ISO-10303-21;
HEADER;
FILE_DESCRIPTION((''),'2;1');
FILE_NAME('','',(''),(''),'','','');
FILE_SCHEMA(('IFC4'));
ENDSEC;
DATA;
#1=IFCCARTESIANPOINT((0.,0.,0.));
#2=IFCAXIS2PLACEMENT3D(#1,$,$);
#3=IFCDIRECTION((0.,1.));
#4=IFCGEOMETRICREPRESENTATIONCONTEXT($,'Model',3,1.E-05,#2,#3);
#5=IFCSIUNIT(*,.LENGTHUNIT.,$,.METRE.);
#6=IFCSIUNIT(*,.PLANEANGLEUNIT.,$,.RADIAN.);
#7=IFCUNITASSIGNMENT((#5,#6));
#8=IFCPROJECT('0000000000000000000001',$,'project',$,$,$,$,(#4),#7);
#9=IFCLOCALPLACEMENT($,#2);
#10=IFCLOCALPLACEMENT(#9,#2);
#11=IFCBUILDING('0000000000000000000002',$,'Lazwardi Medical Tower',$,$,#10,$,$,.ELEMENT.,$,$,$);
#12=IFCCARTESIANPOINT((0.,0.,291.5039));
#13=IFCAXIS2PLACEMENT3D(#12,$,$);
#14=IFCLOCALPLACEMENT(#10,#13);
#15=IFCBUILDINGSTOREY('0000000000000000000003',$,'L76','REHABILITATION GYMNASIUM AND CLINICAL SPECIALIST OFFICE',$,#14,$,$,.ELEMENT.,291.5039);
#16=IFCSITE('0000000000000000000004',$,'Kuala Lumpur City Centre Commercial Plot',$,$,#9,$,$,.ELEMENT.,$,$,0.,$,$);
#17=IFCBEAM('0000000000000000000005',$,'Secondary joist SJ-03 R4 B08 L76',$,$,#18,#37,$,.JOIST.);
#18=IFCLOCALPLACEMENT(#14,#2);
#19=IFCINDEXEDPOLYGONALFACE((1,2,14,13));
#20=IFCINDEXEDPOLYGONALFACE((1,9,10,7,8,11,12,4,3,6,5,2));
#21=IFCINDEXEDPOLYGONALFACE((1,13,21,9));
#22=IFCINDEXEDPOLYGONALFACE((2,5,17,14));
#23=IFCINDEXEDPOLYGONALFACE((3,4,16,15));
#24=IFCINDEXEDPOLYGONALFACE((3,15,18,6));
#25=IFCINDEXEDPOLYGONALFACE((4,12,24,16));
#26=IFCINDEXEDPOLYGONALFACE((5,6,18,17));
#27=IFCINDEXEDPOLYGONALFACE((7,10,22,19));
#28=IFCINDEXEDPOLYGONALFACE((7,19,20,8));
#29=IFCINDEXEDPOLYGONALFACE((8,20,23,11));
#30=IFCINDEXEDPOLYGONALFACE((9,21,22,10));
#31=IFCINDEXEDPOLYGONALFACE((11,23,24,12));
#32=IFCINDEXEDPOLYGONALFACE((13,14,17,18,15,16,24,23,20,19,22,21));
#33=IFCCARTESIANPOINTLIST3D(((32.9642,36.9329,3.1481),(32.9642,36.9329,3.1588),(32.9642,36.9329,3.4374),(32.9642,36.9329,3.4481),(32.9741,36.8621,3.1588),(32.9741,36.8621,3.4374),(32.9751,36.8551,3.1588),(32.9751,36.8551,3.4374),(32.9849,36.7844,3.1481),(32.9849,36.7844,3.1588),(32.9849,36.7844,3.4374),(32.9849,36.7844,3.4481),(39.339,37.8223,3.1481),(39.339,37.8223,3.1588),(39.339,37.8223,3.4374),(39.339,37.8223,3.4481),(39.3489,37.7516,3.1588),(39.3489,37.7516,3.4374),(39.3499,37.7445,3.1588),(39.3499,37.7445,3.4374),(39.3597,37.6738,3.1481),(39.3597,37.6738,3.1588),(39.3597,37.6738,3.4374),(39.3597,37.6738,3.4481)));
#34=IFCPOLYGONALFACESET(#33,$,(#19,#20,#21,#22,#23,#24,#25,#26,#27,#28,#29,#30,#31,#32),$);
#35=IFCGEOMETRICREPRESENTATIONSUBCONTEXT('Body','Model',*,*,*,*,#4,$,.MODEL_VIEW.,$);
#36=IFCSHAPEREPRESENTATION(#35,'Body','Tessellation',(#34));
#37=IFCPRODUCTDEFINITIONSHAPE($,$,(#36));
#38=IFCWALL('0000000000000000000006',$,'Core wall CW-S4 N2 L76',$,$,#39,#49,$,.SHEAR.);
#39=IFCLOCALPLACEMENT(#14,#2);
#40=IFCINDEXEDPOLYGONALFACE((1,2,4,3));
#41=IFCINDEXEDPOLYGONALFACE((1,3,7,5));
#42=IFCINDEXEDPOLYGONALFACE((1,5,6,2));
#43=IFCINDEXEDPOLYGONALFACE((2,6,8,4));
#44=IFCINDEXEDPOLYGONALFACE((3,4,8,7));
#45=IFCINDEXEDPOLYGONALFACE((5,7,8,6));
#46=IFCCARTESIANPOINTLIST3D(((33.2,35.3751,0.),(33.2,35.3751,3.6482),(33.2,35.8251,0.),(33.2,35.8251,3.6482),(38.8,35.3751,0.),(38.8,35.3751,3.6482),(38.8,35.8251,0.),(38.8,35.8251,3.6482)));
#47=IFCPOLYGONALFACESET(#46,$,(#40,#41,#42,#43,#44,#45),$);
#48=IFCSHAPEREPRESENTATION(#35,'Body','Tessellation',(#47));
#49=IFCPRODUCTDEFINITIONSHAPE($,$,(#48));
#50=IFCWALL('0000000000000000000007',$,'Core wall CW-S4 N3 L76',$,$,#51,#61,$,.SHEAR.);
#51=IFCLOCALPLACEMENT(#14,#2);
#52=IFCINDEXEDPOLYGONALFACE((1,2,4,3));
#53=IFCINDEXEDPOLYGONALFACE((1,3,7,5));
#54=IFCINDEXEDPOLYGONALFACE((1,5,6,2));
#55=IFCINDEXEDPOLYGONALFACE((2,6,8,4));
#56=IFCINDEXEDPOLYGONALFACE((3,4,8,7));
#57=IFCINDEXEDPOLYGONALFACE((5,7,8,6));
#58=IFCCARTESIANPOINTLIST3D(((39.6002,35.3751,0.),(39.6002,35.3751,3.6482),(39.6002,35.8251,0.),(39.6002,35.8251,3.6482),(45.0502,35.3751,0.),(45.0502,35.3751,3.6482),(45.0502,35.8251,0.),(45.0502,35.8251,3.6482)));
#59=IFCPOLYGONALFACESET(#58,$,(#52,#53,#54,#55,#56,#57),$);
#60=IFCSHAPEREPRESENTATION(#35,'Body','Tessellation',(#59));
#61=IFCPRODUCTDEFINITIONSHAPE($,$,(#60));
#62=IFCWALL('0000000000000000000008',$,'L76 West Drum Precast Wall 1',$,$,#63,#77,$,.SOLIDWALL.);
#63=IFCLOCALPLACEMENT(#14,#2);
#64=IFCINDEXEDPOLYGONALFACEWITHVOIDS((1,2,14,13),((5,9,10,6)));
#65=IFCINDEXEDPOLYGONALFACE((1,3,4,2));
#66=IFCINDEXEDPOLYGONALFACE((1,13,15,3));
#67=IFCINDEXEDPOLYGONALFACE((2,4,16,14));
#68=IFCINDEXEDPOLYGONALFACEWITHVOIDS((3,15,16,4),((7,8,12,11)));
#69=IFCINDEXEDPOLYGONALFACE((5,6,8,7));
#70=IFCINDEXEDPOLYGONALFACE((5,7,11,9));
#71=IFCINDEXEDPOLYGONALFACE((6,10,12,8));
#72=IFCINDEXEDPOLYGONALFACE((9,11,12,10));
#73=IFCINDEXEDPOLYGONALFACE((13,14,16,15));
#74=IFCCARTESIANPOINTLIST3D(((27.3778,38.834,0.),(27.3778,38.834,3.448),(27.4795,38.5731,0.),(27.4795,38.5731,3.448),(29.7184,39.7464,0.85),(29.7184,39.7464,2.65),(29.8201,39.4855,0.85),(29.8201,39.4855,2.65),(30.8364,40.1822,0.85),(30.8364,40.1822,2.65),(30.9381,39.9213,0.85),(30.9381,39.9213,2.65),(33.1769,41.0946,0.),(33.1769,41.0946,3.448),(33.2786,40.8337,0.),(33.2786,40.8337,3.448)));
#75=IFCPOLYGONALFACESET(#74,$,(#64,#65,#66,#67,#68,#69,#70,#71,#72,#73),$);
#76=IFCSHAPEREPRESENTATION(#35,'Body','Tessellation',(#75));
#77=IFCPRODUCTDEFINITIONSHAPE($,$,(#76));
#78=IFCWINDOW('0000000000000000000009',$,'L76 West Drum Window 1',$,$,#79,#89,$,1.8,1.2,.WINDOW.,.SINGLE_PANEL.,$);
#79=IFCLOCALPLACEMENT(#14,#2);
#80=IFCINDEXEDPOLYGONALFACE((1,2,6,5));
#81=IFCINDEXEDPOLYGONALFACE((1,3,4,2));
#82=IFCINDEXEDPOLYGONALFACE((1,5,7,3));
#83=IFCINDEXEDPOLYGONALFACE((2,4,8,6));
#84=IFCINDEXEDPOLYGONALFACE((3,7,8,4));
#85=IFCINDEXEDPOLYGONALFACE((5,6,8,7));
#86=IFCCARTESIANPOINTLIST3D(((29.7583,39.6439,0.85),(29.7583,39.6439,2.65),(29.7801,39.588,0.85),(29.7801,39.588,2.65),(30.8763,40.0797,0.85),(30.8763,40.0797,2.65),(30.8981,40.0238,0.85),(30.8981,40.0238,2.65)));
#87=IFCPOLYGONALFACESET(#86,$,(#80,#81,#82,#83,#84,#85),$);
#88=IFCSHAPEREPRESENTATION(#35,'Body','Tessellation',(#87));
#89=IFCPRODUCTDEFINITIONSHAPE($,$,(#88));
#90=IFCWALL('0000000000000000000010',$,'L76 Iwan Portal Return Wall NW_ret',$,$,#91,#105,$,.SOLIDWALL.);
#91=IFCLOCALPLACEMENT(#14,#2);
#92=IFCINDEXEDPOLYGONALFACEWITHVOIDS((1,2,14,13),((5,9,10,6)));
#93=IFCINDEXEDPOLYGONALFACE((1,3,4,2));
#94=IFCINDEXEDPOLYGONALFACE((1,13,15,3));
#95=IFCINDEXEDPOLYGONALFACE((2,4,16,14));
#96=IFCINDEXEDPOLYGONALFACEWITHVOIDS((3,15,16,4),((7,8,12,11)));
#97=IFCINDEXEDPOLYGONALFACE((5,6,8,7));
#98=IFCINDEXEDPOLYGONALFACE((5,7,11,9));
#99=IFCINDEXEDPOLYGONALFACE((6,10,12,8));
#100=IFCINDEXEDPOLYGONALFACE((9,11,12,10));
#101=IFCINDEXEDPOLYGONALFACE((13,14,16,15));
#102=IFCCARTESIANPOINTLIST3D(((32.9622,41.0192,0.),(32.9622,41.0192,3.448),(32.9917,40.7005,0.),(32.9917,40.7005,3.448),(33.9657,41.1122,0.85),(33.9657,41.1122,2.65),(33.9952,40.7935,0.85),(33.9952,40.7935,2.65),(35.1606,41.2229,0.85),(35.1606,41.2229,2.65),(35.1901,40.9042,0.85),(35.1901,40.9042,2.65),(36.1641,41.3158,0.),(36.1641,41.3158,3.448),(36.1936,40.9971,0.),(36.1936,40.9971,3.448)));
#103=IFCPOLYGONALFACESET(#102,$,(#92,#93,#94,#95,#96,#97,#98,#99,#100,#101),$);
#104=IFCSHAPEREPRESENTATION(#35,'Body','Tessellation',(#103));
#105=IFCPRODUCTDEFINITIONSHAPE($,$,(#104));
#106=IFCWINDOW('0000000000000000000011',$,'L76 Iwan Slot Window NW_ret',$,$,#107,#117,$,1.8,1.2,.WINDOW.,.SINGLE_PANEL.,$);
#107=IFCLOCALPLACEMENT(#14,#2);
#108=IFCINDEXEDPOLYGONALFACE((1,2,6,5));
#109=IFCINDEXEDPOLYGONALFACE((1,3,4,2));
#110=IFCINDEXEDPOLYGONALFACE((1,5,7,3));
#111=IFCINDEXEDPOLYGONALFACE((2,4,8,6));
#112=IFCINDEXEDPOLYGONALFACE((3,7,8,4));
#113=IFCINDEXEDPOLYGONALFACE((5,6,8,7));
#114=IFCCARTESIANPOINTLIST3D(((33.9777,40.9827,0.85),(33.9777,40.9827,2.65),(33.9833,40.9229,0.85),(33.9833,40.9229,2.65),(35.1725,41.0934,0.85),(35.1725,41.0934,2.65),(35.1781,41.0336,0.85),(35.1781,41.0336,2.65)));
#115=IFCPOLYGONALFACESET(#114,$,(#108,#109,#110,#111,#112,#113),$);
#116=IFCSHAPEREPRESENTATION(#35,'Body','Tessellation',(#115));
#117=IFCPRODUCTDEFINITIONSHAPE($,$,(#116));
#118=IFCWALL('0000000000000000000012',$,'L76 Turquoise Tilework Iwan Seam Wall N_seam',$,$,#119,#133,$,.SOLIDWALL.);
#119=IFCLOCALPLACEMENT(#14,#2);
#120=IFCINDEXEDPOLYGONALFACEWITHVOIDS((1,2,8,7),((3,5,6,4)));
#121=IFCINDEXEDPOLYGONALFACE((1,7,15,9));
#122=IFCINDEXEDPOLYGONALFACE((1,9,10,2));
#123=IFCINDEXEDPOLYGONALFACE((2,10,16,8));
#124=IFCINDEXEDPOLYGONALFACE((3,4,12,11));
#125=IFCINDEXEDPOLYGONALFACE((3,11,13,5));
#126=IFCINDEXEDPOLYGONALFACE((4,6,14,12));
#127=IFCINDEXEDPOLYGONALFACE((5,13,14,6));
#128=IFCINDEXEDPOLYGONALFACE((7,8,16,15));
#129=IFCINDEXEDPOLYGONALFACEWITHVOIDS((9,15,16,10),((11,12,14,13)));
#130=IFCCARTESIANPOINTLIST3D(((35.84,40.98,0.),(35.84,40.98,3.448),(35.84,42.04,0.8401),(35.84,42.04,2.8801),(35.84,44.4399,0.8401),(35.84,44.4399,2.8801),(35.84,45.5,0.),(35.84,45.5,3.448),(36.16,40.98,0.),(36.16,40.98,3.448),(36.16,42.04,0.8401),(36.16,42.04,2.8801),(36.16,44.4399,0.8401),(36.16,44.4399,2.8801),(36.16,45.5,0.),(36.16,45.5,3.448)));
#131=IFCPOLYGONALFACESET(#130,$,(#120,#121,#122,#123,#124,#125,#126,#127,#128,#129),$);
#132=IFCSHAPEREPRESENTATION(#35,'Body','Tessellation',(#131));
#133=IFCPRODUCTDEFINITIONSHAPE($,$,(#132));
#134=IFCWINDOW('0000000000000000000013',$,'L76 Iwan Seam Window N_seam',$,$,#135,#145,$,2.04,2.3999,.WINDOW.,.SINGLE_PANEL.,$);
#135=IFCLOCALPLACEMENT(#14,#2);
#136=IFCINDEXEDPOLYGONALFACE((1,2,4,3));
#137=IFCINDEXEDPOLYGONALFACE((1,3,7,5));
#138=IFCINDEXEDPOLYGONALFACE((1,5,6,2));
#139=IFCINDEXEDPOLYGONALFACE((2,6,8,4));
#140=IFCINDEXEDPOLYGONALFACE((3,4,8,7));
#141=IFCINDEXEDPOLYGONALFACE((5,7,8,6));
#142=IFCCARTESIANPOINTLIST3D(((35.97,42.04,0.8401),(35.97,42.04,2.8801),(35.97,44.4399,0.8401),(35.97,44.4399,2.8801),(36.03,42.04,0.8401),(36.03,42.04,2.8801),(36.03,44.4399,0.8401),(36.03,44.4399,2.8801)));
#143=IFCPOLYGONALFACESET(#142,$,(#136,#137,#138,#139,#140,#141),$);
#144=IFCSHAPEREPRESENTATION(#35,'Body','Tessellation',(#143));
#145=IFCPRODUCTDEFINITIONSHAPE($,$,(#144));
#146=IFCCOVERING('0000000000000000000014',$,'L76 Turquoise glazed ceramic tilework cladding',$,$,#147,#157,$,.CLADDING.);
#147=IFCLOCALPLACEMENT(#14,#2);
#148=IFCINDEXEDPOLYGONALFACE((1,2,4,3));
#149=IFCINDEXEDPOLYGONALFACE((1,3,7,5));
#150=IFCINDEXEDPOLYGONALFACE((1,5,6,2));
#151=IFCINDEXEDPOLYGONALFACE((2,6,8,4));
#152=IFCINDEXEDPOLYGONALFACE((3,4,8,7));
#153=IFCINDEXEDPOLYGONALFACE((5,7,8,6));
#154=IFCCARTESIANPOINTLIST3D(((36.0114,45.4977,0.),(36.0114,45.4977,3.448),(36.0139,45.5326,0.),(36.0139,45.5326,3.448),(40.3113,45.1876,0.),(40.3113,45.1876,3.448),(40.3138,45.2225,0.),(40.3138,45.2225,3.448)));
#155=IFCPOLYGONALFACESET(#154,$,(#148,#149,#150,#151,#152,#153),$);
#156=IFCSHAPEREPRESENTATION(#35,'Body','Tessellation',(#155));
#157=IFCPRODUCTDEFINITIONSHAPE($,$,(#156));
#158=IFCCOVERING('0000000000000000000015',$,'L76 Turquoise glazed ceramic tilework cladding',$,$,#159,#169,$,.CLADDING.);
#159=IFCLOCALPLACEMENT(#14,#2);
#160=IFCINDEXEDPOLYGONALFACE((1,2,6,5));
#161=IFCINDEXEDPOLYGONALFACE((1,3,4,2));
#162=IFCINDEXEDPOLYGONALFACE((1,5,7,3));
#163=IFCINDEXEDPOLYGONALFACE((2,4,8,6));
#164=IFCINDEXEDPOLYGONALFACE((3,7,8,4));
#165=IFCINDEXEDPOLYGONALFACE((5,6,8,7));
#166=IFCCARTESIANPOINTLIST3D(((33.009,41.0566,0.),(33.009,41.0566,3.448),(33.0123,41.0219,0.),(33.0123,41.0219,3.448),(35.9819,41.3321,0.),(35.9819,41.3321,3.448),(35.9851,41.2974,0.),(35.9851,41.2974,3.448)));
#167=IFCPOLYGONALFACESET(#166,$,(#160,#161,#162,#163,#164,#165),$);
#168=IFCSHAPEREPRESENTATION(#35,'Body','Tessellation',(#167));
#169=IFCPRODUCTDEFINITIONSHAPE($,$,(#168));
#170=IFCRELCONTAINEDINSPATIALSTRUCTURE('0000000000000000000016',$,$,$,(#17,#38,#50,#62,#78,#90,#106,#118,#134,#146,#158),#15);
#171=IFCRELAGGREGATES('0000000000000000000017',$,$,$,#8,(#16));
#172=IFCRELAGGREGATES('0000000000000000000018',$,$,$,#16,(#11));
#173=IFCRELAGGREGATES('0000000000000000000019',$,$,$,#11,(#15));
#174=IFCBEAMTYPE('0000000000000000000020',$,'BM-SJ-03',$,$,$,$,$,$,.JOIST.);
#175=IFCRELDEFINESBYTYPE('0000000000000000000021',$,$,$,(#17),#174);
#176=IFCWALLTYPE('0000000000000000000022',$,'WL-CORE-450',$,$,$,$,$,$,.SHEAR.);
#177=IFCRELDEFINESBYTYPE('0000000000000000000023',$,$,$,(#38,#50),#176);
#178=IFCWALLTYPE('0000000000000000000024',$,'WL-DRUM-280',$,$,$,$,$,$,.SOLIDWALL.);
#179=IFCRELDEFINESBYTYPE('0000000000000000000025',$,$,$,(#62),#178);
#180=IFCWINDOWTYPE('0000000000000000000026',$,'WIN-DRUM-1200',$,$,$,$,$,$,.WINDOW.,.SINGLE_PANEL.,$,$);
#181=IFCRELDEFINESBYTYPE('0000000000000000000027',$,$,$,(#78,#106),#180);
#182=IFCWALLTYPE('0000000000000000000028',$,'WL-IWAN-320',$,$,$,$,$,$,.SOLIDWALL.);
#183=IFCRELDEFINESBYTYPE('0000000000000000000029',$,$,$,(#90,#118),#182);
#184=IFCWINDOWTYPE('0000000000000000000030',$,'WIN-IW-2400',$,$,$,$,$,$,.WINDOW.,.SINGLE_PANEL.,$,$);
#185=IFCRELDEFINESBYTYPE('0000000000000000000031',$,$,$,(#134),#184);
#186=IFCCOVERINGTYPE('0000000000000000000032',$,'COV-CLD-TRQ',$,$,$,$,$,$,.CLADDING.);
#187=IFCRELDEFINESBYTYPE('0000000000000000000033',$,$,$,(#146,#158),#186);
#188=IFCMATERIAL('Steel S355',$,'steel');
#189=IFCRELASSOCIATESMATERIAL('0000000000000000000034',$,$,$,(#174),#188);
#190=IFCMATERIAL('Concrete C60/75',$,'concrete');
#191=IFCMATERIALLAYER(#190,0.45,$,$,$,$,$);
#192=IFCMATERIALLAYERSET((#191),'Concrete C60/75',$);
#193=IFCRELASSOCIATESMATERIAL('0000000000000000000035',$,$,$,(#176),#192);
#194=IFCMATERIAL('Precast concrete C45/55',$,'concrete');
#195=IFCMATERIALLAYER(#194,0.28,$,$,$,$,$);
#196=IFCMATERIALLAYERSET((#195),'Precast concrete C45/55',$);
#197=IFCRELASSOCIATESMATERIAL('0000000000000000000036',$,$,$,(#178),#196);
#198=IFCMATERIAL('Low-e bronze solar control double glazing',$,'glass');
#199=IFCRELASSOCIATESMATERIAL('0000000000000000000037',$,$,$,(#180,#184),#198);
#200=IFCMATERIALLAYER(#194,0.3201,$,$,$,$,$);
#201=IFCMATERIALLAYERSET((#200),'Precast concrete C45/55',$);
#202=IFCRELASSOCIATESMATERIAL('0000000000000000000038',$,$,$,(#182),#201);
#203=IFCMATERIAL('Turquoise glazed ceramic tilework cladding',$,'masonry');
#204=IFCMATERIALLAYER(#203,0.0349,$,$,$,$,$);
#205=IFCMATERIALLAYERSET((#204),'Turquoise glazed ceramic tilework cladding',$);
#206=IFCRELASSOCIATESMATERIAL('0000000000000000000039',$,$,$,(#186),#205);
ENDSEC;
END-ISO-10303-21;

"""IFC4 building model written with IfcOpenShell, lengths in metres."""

from ifc_helpers import new_model, si_unit, direction, frame, frame_2d, origin, origin_2d, place, context, subcontext, project, spatial, rectangle, i_section, extrude, material, layer, layer_set, material_profile, profile_set, type_object, element, fill, save


model = new_model("IFC4")

# Units and contexts
model_context = context("Model", 3, precision=1e-05, world=origin(), true_north=direction((0.0, 1.0)))
body_context = subcontext(model_context, "Body", "Model", "MODEL_VIEW")
ifc_project = project(units=[si_unit("LENGTHUNIT", "METRE"), si_unit("PLANEANGLEUNIT", "RADIAN")], contexts=[model_context])

# Site, building, storey
site_placement = place(None, origin())
site = spatial("IfcSite", under=ifc_project, at=site_placement, Name="Kuala Lumpur City Centre Commercial Plot", CompositionType="ELEMENT", RefElevation=0.0)
building_placement = place(site_placement, origin())
building = spatial("IfcBuilding", under=site, at=building_placement, Name="Lazwardi Medical Tower", CompositionType="ELEMENT")
storey_placement = place(building_placement, frame((0.0, 0.0, 291.5039)))
storey = spatial("IfcBuildingStorey", under=building, at=storey_placement, Name="L76", Description="REHABILITATION GYMNASIUM AND CLINICAL SPECIALIST OFFICE", CompositionType="ELEMENT", Elevation=291.5039)

# Shared definitions
ifc_material_1 = material(Name="Concrete C60/75", Category="concrete")

# Beam
ifc_material_2 = material(Name="Steel S355", Category="steel")
ifc_material_profile_1 = material_profile(ifc_material_2, i_section(OverallWidth=0.1499, OverallDepth=0.3, WebThickness=0.0071, FlangeThickness=0.0107, at=origin_2d()), Name="IPE 300")
ifc_profile_set_1 = profile_set([ifc_material_profile_1], Name="Steel S355")
beam_type_1 = type_object("IfcBeamType", Name="BM-SJ-03", PredefinedType="JOIST", material=ifc_profile_set_1)
beam_1_placement = place(storey_placement, frame((39.3494, 37.748, 3.2981), z_axis=(-0.990407, -0.138181, 0.0), x_axis=(0.138181, -0.990407, 0.0)))
element("IfcBeam", 1, at=beam_1_placement, inside=storey, type_object=beam_type_1, Name="Secondary joist SJ-03 R4 B08 L76", PredefinedType="JOIST", context=body_context, shape_type="SweptSolid", body=[
    extrude(i_section(OverallWidth=0.1499, OverallDepth=0.3, WebThickness=0.0071, FlangeThickness=0.0107, at=origin_2d()), origin(), (0.0, 0.0, 1.0), 6.4365),
])

# Walls
ifc_layer_1 = layer(ifc_material_1, 0.45)
ifc_layer_set_1 = layer_set([ifc_layer_1], Name="Concrete C60/75")
wall_type_1 = type_object("IfcWallType", Name="WL-CORE-450", PredefinedType="SHEAR", material=ifc_layer_set_1)
wall_1_placement = place(storey_placement, frame((33.2, 35.6001, 0.0), z_axis=(0.0, 0.0, 1.0), x_axis=(1.0, 0.0, 0.0)))
element("IfcWall", 2, at=wall_1_placement, inside=storey, type_object=wall_type_1, Name="Core wall CW-S4 N2 L76", PredefinedType="SHEAR", context=body_context, shape_type="SweptSolid", body=[
    extrude(rectangle(XDim=5.6001, YDim=0.45, at=frame_2d((2.8, 0.0))), origin(), (0.0, 0.0, 1.0), 3.6482),
])
wall_2_placement = place(storey_placement, frame((39.6001, 35.6001, 0.0), z_axis=(0.0, 0.0, 1.0), x_axis=(1.0, 0.0, 0.0)))
element("IfcWall", 3, at=wall_2_placement, inside=storey, type_object=wall_type_1, Name="Core wall CW-S4 N3 L76", PredefinedType="SHEAR", context=body_context, shape_type="SweptSolid", body=[
    extrude(rectangle(XDim=5.45, YDim=0.45, at=frame_2d((2.7251, 0.0))), origin(), (0.0, 0.0, 1.0), 3.6482),
])

# Walls, openings, windows
ifc_material_3 = material(Name="Precast concrete C45/55", Category="concrete")
ifc_layer_2 = layer(ifc_material_3, 0.28)
ifc_layer_set_2 = layer_set([ifc_layer_2], Name="Precast concrete C45/55")
wall_type_2 = type_object("IfcWallType", Name="WL-DRUM-280", PredefinedType="SOLIDWALL", material=ifc_layer_set_2)
wall_3_placement = place(storey_placement, frame((33.2278, 40.9641, 0.0), z_axis=(0.0, 0.0, 1.0), x_axis=(-0.931717, -0.363186, 0.0)))
wall_3 = element("IfcWall", 4, at=wall_3_placement, inside=storey, type_object=wall_type_2, Name="L76 West Drum Precast Wall 1", PredefinedType="SOLIDWALL", context=body_context, shape_type="SweptSolid", body=[
    extrude(rectangle(XDim=6.2241, YDim=0.28, at=frame_2d((3.1121, 0.0))), origin(), (0.0, 0.0, 1.0), 3.448),
])
opening_1_placement = place(wall_3_placement, frame((2.512, 0.0, 0.8501)))
opening_1 = element("IfcOpeningElement", 5, at=opening_1_placement, cuts=wall_3, PredefinedType="OPENING", context=body_context, shape_type="SweptSolid", body=[
    extrude(rectangle(XDim=1.2, YDim=1.8, at=frame_2d((0.6001, 0.8999))), frame((0.0, 0.1499, 0.0), z_axis=(0.0, -1.0, 0.0), x_axis=(1.0, 0.0, 0.0)), (0.0, 0.0, 1.0), 0.3),
])
ifc_material_4 = material(Name="Low-e bronze solar control double glazing", Category="glass")
window_type_1 = type_object("IfcWindowType", Name="WIN-DRUM-1200", PartitioningType="SINGLE_PANEL", PredefinedType="WINDOW", material=ifc_material_4)
window_1_placement = place(opening_1_placement, origin())
window_1 = element("IfcWindow", 6, at=window_1_placement, inside=storey, type_object=window_type_1, Name="L76 West Drum Window 1", OverallHeight=1.8, OverallWidth=1.2, PartitioningType="SINGLE_PANEL", PredefinedType="WINDOW", context=body_context, shape_type="SweptSolid", body=[
    extrude(rectangle(XDim=1.2, YDim=1.8, at=frame_2d((0.6001, 0.8999))), frame((0.0, 0.03, 0.0), z_axis=(0.0, -1.0, 0.0), x_axis=(1.0, 0.0, 0.0)), (0.0, 0.0, 1.0), 0.0601),
])
fill(opening_1, window_1)
ifc_layer_3 = layer(ifc_material_3, 0.3201)
ifc_layer_set_3 = layer_set([ifc_layer_3], Name="Precast concrete C45/55")
wall_type_3 = type_object("IfcWallType", Name="WL-IWAN-320", PredefinedType="SOLIDWALL", material=ifc_layer_set_3)
wall_4_placement = place(storey_placement, frame((36.179, 41.1565, 0.0), z_axis=(0.0, 0.0, 1.0), x_axis=(-0.995736, -0.092247, 0.0)))
wall_4 = element("IfcWall", 7, at=wall_4_placement, inside=storey, type_object=wall_type_3, Name="L76 Iwan Portal Return Wall NW_ret", PredefinedType="SOLIDWALL", context=body_context, shape_type="SweptSolid", body=[
    extrude(rectangle(XDim=3.2156, YDim=0.3201, at=frame_2d((1.6079, 0.0))), origin(), (0.0, 0.0, 1.0), 3.448),
])
opening_2_placement = place(wall_4_placement, frame((1.0078, 0.0, 0.8501)))
opening_2 = element("IfcOpeningElement", 8, at=opening_2_placement, cuts=wall_4, PredefinedType="OPENING", context=body_context, shape_type="SweptSolid", body=[
    extrude(rectangle(XDim=1.2, YDim=1.8, at=frame_2d((0.6001, 0.8999))), frame((0.0, 0.1699, 0.0), z_axis=(0.0, -1.0, 0.0), x_axis=(1.0, 0.0, 0.0)), (0.0, 0.0, 1.0), 0.3401),
])
window_2_placement = place(opening_2_placement, origin())
window_2 = element("IfcWindow", 9, at=window_2_placement, inside=storey, type_object=window_type_1, Name="L76 Iwan Slot Window NW_ret", OverallHeight=1.8, OverallWidth=1.2, PartitioningType="SINGLE_PANEL", PredefinedType="WINDOW", context=body_context, shape_type="SweptSolid", body=[
    extrude(rectangle(XDim=1.2, YDim=1.8, at=frame_2d((0.6001, 0.8999))), frame((0.0, 0.03, 0.0), z_axis=(0.0, -1.0, 0.0), x_axis=(1.0, 0.0, 0.0)), (0.0, 0.0, 1.0), 0.0601),
])
fill(opening_2, window_2)
wall_5_placement = place(storey_placement, frame((36.0, 45.5, 0.0), z_axis=(0.0, 0.0, 1.0), x_axis=(0.0, -1.0, 0.0)))
wall_5 = element("IfcWall", 10, at=wall_5_placement, inside=storey, type_object=wall_type_3, Name="L76 Turquoise Tilework Iwan Seam Wall N_seam", PredefinedType="SOLIDWALL", context=body_context, shape_type="SweptSolid", body=[
    extrude(rectangle(XDim=4.52, YDim=0.3201, at=frame_2d((2.26, 0.0))), origin(), (0.0, 0.0, 1.0), 3.448),
])
opening_3_placement = place(wall_5_placement, frame((1.0601, 0.0, 0.8401)))
opening_3 = element("IfcOpeningElement", 11, at=opening_3_placement, cuts=wall_5, PredefinedType="OPENING", context=body_context, shape_type="SweptSolid", body=[
    extrude(rectangle(XDim=2.3999, YDim=2.04, at=frame_2d((1.2, 1.02))), frame((0.0, 0.1699, 0.0), z_axis=(0.0, -1.0, 0.0), x_axis=(1.0, 0.0, 0.0)), (0.0, 0.0, 1.0), 0.3401),
])
window_type_2 = type_object("IfcWindowType", Name="WIN-IW-2400", PartitioningType="SINGLE_PANEL", PredefinedType="WINDOW", material=ifc_material_4)
window_3_placement = place(opening_3_placement, origin())
window_3 = element("IfcWindow", 12, at=window_3_placement, inside=storey, type_object=window_type_2, Name="L76 Iwan Seam Window N_seam", OverallHeight=2.04, OverallWidth=2.3999, PartitioningType="SINGLE_PANEL", PredefinedType="WINDOW", context=body_context, shape_type="SweptSolid", body=[
    extrude(rectangle(XDim=2.3999, YDim=2.04, at=frame_2d((1.2, 1.02))), frame((0.0, 0.03, 0.0), z_axis=(0.0, -1.0, 0.0), x_axis=(1.0, 0.0, 0.0)), (0.0, 0.0, 1.0), 0.0601),
])
fill(opening_3, window_3)

# Coverings
ifc_material_5 = material(Name="Turquoise glazed ceramic tilework cladding", Category="masonry")
ifc_layer_4 = layer(ifc_material_5, 0.0349)
ifc_layer_set_4 = layer_set([ifc_layer_4], Name="Turquoise glazed ceramic tilework cladding")
covering_type = type_object("IfcCoveringType", Name="COV-CLD-TRQ", PredefinedType="CLADDING", material=ifc_layer_set_4)
covering_1_placement = place(storey_placement, frame((38.1626, 45.3601, 0.0), z_axis=(0.0, 0.0, 1.0), x_axis=(-0.997409, 0.071933, 0.0)))
element("IfcCovering", 13, at=covering_1_placement, inside=storey, type_object=covering_type, Name="L76 Turquoise glazed ceramic tilework cladding", PredefinedType="CLADDING", context=body_context, shape_type="SweptSolid", body=[
    extrude(rectangle(XDim=4.311, YDim=0.0349, at=origin_2d()), origin(), (0.0, 0.0, 1.0), 3.448),
])
covering_2_placement = place(storey_placement, frame((34.4971, 41.177, 0.0), z_axis=(0.0, 0.0, 1.0), x_axis=(-0.995734, -0.092275, 0.0)))
element("IfcCovering", 14, at=covering_2_placement, inside=storey, type_object=covering_type, Name="L76 Turquoise glazed ceramic tilework cladding", PredefinedType="CLADDING", context=body_context, shape_type="SweptSolid", body=[
    extrude(rectangle(XDim=2.9856, YDim=0.0349, at=origin_2d()), origin(), (0.0, 0.0, 1.0), 3.448),
])

save(model, "model.ifc")
